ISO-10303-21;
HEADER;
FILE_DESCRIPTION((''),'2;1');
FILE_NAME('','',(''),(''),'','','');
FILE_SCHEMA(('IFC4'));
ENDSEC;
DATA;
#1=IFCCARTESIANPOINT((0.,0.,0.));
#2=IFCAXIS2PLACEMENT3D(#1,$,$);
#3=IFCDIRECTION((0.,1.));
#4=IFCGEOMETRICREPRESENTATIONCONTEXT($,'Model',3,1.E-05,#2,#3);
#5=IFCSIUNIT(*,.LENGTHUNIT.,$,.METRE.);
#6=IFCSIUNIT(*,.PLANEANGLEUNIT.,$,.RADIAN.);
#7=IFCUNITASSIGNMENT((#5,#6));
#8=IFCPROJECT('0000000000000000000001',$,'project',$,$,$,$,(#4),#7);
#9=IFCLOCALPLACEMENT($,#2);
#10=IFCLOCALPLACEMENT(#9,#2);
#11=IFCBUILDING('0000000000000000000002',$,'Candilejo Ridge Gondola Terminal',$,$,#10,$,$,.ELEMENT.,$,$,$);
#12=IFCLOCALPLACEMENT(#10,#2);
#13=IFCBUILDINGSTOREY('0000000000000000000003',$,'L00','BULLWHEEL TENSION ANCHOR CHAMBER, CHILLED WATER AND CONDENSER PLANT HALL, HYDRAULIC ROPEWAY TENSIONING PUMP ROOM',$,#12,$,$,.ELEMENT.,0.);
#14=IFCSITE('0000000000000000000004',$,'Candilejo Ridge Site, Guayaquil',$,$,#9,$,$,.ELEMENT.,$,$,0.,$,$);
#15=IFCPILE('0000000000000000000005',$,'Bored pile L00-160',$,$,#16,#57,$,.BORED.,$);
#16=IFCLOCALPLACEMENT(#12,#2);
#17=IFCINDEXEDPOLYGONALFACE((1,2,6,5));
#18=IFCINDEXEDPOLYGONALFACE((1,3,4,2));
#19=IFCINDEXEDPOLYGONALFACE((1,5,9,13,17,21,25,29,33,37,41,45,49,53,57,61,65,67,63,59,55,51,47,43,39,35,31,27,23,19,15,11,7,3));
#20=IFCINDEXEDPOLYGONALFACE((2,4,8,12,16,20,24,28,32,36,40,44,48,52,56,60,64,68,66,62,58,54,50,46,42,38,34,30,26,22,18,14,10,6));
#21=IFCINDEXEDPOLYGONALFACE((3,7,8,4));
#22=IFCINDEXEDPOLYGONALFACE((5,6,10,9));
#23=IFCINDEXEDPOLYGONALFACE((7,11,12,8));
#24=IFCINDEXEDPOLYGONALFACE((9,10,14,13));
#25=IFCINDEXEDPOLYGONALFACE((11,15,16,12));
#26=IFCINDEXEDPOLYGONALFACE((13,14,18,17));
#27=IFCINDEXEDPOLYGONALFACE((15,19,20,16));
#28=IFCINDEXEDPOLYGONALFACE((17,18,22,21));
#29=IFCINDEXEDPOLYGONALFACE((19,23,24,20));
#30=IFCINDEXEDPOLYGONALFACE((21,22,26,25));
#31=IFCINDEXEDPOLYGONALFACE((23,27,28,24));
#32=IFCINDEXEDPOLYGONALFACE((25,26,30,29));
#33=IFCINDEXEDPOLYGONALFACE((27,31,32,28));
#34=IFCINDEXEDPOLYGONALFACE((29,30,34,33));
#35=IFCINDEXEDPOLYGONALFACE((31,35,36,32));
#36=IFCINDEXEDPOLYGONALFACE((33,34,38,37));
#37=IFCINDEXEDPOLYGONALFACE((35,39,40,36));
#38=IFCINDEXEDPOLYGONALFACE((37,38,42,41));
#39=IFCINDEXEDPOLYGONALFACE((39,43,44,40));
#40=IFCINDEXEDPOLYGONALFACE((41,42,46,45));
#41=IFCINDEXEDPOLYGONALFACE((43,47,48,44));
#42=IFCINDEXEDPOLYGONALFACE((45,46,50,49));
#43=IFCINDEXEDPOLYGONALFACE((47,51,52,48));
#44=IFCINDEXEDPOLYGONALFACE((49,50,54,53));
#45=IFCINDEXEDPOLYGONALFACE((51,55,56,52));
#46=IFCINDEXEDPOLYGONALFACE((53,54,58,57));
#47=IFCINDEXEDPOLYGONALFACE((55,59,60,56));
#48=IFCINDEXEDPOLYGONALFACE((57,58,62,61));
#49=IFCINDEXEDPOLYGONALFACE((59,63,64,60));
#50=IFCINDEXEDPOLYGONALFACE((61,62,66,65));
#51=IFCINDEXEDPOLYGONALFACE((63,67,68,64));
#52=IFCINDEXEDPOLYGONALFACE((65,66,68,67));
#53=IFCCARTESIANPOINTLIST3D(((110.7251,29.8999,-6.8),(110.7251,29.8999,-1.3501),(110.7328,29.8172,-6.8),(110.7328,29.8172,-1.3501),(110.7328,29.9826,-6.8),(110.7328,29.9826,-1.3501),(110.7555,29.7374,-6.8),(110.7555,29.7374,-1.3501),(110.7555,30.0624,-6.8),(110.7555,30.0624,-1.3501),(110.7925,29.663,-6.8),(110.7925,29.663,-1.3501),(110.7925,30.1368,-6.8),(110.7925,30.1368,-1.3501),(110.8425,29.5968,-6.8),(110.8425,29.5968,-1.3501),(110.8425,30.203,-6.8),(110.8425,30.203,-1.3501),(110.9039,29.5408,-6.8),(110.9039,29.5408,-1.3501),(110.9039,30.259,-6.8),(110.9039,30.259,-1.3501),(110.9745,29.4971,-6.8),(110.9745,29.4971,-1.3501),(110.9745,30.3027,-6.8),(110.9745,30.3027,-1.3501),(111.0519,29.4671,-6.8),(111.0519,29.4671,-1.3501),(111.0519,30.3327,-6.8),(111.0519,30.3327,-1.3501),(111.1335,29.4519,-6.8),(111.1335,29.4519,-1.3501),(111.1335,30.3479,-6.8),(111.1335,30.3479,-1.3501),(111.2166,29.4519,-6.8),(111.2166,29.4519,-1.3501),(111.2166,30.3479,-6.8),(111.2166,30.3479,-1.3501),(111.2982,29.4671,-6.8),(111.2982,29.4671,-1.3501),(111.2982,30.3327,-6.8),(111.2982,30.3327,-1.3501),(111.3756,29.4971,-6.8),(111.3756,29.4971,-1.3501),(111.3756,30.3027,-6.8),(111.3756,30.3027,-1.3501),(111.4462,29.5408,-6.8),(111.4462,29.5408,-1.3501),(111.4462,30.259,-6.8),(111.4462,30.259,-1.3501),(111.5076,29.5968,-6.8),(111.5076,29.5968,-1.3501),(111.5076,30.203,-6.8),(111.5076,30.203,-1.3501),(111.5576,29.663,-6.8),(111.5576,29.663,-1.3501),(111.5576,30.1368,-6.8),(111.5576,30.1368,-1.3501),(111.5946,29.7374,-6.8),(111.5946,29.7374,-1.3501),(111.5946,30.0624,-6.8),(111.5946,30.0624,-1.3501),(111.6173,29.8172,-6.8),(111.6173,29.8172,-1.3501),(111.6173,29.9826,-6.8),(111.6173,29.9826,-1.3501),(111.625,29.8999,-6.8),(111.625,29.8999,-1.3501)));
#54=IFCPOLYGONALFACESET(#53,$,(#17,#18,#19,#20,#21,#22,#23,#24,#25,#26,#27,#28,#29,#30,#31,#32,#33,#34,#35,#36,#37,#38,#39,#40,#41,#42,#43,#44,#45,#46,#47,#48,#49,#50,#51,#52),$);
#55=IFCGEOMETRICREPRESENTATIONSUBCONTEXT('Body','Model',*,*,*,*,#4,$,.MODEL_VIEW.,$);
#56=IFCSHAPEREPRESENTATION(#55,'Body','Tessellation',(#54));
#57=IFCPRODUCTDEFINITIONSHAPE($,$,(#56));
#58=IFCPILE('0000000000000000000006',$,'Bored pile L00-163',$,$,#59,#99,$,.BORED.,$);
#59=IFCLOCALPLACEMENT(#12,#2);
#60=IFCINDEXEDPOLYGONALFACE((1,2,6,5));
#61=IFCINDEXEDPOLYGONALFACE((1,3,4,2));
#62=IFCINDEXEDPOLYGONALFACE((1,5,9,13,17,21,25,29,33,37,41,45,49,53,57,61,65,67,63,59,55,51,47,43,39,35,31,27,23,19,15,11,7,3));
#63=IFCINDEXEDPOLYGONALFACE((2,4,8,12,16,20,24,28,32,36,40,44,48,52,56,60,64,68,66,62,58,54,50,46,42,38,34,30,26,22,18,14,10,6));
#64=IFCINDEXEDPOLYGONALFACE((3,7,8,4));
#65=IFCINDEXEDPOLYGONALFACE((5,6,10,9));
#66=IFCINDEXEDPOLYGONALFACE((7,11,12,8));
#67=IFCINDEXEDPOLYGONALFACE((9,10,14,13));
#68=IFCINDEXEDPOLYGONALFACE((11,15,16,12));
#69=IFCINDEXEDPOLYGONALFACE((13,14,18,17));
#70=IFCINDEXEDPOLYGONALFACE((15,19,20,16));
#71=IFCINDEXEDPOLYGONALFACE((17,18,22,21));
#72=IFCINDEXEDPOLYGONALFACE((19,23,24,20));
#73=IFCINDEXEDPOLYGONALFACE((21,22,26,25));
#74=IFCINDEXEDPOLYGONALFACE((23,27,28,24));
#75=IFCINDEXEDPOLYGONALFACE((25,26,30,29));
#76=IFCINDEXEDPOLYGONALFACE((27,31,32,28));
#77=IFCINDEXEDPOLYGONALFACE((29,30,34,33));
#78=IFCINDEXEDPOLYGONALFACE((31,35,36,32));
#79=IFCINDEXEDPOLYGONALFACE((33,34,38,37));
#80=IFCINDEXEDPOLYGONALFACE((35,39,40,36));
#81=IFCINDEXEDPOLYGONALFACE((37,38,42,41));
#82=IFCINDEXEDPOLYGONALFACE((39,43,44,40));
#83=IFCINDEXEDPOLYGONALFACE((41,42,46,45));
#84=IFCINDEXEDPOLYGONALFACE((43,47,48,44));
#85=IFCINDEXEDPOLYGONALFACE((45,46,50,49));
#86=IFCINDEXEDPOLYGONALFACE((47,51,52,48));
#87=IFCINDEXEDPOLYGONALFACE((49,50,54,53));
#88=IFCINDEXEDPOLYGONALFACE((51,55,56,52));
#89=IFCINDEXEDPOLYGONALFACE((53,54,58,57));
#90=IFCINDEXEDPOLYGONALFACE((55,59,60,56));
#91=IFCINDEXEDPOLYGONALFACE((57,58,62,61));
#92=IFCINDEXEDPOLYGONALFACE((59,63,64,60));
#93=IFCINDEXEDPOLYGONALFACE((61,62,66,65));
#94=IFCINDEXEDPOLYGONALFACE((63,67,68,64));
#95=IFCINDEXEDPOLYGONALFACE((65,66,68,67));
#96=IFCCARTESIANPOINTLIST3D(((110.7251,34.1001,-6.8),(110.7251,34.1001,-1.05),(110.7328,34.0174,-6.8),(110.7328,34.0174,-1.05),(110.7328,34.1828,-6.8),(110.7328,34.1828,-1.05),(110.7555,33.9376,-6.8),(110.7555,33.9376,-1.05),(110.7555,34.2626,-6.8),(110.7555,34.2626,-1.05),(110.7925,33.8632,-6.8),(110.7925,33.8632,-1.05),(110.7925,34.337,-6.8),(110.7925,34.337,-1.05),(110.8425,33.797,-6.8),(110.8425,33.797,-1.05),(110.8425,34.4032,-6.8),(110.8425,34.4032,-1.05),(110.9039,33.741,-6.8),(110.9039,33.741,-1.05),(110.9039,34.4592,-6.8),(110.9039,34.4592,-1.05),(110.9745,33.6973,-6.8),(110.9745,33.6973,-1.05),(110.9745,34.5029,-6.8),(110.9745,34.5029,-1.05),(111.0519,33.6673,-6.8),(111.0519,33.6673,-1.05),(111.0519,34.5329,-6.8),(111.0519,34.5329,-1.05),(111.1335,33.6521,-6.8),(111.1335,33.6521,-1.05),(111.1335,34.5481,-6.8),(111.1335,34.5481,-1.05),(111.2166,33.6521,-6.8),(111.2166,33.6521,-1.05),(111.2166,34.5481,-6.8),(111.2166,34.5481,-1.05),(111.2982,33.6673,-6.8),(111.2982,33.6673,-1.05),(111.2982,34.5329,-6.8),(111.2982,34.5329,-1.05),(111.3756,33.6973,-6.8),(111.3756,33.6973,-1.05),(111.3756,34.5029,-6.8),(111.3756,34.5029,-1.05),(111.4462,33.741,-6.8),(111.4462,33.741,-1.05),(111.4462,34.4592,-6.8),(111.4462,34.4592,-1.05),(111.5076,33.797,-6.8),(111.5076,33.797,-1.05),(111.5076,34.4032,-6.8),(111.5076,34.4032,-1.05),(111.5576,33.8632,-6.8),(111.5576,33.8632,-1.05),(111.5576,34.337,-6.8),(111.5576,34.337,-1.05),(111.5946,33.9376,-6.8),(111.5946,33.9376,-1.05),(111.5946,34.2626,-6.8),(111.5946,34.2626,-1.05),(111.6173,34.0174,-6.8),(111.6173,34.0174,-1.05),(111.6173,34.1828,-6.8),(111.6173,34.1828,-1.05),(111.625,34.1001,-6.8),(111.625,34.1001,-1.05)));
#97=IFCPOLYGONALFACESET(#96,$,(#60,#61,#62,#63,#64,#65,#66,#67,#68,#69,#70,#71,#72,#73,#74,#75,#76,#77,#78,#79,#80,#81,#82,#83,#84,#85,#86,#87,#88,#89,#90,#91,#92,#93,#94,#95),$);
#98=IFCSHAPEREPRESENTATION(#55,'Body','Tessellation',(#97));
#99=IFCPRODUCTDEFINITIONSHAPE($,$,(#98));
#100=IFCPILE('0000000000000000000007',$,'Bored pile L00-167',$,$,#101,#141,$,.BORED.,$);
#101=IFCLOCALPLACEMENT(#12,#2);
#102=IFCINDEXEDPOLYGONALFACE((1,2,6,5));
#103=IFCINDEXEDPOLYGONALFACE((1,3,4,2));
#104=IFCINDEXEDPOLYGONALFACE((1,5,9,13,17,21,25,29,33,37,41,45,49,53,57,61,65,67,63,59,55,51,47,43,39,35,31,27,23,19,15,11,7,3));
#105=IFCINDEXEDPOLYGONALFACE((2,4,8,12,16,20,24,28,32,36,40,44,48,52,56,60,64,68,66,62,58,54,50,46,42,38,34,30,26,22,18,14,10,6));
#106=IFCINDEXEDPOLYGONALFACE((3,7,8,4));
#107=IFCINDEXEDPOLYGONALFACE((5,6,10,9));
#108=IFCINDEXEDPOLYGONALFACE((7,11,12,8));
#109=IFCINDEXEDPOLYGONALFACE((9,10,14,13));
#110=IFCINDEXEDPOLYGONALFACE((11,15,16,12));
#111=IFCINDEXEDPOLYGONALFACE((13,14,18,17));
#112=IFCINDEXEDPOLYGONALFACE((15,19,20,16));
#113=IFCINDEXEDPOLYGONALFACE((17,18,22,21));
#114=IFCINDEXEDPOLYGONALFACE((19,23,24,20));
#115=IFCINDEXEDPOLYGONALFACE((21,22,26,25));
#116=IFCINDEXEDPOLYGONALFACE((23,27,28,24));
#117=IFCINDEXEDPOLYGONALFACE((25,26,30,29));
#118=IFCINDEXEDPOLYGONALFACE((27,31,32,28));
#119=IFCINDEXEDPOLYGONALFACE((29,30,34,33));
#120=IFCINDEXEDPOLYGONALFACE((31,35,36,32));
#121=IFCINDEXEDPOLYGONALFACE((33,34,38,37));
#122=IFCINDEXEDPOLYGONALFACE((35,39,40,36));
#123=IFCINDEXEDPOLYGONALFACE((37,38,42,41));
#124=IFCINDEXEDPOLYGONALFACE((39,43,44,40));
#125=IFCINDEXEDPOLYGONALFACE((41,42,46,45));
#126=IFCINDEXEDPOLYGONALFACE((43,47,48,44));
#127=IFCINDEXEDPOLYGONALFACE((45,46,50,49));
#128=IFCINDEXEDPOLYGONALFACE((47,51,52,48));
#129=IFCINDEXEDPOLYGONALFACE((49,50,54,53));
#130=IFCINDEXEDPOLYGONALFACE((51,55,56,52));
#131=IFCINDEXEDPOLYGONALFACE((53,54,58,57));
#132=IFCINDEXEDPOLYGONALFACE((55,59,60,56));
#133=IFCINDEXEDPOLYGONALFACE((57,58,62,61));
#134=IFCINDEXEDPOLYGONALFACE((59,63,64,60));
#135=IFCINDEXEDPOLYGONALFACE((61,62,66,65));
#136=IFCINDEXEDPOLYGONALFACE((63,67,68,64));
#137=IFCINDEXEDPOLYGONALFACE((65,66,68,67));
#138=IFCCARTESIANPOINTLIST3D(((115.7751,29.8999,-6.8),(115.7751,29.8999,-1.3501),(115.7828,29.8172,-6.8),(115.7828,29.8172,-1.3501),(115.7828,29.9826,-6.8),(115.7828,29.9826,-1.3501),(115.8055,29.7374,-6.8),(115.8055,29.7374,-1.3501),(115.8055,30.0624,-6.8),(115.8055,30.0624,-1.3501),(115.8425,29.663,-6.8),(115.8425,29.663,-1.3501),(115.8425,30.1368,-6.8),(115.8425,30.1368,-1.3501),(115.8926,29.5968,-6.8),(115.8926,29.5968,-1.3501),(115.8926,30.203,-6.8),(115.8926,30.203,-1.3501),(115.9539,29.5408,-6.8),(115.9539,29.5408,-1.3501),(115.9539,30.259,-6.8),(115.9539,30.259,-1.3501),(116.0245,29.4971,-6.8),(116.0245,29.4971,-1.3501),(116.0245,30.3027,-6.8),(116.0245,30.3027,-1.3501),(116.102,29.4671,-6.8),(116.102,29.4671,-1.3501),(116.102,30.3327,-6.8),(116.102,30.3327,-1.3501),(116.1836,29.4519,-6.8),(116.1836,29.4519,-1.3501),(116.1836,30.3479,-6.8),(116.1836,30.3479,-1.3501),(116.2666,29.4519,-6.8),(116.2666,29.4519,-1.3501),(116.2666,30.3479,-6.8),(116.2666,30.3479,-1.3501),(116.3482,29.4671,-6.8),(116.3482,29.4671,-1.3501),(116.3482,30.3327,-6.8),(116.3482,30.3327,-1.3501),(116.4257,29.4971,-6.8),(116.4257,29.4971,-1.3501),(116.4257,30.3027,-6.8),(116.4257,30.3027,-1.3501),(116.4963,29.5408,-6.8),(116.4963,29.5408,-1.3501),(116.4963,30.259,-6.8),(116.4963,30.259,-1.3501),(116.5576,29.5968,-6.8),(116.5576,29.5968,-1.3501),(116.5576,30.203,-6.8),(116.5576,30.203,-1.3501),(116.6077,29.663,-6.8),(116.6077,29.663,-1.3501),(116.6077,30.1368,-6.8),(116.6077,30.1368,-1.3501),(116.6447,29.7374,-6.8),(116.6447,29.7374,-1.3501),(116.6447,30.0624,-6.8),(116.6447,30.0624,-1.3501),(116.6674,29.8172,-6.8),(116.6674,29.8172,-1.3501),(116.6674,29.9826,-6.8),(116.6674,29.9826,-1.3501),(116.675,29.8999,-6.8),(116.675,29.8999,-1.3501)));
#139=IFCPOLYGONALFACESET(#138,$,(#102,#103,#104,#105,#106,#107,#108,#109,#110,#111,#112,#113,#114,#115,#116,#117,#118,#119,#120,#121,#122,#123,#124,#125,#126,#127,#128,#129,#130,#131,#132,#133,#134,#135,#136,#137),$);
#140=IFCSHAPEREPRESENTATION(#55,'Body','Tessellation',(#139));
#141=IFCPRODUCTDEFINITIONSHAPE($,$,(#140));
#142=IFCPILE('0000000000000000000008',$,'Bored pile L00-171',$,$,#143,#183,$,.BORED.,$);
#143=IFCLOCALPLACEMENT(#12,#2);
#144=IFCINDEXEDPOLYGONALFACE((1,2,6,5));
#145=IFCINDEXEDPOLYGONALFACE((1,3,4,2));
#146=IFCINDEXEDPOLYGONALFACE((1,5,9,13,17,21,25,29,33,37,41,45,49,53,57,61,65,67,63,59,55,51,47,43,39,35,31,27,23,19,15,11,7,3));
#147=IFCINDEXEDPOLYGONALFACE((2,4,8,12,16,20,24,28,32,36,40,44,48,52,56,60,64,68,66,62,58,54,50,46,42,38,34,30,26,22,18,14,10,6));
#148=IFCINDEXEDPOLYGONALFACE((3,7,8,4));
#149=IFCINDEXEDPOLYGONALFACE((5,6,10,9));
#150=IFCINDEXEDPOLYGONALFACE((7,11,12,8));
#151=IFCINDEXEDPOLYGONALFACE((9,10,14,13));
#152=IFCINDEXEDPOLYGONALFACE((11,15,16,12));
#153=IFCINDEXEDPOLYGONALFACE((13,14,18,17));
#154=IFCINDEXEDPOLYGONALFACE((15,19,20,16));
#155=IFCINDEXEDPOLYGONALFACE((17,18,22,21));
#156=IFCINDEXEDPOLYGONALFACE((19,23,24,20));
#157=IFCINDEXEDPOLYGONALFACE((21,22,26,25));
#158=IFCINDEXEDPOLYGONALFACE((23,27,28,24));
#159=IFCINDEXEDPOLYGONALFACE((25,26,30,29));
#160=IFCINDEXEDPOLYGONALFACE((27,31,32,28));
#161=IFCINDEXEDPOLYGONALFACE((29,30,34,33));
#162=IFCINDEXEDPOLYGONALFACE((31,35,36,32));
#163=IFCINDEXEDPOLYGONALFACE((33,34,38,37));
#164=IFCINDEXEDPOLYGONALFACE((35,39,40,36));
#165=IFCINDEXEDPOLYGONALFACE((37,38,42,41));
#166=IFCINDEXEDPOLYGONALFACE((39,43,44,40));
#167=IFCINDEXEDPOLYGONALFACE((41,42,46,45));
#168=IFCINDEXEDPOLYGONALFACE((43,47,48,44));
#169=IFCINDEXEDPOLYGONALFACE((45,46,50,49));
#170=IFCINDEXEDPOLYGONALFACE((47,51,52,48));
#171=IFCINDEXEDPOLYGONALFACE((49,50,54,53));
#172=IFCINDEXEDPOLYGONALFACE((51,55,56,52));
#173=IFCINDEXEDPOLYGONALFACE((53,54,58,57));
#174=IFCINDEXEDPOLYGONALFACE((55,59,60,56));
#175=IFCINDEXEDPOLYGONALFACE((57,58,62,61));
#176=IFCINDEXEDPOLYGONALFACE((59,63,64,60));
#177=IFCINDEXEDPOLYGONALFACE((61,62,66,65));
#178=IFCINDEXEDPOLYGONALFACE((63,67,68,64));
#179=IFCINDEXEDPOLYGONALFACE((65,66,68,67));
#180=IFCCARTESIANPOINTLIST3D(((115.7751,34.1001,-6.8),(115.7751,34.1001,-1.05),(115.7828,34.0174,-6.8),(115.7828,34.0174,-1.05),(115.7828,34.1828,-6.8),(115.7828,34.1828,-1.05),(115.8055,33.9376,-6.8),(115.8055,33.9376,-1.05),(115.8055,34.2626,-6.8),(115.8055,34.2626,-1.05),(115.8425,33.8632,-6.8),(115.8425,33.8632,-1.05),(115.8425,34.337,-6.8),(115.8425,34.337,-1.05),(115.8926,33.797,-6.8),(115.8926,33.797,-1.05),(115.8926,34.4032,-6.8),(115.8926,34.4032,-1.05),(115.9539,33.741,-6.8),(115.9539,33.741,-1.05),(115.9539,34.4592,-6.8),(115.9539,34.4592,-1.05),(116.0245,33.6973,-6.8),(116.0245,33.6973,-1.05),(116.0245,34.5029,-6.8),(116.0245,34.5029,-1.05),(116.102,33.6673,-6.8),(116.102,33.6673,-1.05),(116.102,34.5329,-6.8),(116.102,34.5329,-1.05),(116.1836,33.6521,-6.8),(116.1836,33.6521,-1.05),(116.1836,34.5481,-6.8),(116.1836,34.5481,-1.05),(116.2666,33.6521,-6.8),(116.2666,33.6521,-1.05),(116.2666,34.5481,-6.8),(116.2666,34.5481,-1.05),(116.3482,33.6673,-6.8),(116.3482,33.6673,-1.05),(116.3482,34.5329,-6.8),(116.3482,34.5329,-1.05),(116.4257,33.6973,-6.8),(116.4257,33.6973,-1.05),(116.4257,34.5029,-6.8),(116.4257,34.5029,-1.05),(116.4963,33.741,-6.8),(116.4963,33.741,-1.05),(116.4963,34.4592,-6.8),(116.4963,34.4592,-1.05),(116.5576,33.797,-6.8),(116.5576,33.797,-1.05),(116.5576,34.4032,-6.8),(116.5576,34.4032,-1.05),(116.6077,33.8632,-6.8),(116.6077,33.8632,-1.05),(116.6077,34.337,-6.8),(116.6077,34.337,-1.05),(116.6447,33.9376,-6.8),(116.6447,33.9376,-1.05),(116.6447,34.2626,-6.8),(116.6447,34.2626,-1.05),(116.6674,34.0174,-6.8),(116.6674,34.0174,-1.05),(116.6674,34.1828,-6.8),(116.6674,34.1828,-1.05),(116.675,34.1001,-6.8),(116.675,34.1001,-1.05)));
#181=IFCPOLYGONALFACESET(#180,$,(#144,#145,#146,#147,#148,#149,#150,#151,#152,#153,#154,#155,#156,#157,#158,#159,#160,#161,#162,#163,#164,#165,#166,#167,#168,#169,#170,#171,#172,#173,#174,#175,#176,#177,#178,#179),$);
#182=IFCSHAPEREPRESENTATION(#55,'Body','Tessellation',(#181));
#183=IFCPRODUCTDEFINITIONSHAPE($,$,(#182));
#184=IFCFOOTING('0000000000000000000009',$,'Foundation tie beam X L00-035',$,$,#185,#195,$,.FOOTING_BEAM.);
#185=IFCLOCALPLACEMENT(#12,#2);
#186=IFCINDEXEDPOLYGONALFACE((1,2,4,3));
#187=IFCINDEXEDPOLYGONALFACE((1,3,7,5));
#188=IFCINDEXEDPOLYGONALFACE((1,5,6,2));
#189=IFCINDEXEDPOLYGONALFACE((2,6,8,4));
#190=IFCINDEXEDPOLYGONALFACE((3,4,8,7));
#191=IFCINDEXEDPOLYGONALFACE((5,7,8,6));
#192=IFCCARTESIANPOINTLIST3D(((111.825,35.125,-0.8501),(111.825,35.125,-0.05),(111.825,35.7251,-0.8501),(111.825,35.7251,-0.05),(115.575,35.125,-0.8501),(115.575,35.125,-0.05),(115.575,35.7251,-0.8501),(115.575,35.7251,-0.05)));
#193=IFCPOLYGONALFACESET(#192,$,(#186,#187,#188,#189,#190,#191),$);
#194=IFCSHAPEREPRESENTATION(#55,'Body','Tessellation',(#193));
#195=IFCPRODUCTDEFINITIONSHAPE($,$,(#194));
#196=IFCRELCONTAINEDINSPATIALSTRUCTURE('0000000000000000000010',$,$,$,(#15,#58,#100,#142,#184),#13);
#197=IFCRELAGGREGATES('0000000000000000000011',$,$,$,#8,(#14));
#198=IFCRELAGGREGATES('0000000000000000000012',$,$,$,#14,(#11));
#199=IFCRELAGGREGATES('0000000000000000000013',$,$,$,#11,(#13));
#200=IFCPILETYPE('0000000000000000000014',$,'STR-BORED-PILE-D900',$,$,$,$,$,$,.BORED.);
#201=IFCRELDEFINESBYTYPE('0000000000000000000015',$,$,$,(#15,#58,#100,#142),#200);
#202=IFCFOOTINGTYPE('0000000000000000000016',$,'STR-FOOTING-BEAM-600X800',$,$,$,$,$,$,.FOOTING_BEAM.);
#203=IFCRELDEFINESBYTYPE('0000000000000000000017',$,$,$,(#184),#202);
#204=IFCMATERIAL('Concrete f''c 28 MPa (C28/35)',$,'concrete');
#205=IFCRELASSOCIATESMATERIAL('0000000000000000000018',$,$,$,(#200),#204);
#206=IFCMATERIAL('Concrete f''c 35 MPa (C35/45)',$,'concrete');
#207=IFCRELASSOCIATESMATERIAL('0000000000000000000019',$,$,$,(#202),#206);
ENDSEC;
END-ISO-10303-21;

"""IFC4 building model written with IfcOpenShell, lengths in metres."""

from ifc_helpers import new_model, si_unit, direction, frame, origin, origin_2d, place, context, subcontext, project, spatial, rectangle, circle, extrude, material, material_profile, profile_set, type_object, element, save


model = new_model("IFC4")

# Units and contexts
model_context = context("Model", 3, precision=1e-05, world=origin(), true_north=direction((0.0, 1.0)))
body_context = subcontext(model_context, "Body", "Model", "MODEL_VIEW")
ifc_project = project(units=[si_unit("LENGTHUNIT", "METRE"), si_unit("PLANEANGLEUNIT", "RADIAN")], contexts=[model_context])

# Site, building, storey
site_placement = place(None, origin())
site = spatial("IfcSite", under=ifc_project, at=site_placement, Name="Candilejo Ridge Site, Guayaquil", CompositionType="ELEMENT", RefElevation=0.0)
building_placement = place(site_placement, origin())
building = spatial("IfcBuilding", under=site, at=building_placement, Name="Candilejo Ridge Gondola Terminal", CompositionType="ELEMENT")
storey_placement = place(building_placement, origin())
storey = spatial("IfcBuildingStorey", under=building, at=storey_placement, Name="L00", Description="BULLWHEEL TENSION ANCHOR CHAMBER, CHILLED WATER AND CONDENSER PLANT HALL, HYDRAULIC ROPEWAY TENSIONING PUMP ROOM", CompositionType="ELEMENT", Elevation=0.0)

# Piles
ifc_material_1 = material(Name="Concrete f'c 28 MPa (C28/35)", Category="concrete")
ifc_material_profile_1 = material_profile(ifc_material_1, circle(Radius=0.45, at=origin_2d()))
ifc_profile_set_1 = profile_set([ifc_material_profile_1], Name="Concrete f'c 28 MPa (C28/35)")
pile_type = type_object("IfcPileType", Name="STR-BORED-PILE-D900", PredefinedType="BORED", material=ifc_profile_set_1)
pile_1_placement = place(storey_placement, frame((111.175, 29.8999, -1.3501), z_axis=(0.0, 0.0, -1.0), x_axis=(1.0, 0.0, 0.0)))
element("IfcPile", 1, at=pile_1_placement, inside=storey, type_object=pile_type, Name="Bored pile L00-160", PredefinedType="BORED", context=body_context, shape_type="SweptSolid", body=[
    extrude(circle(Radius=0.45, at=origin_2d()), origin(), (0.0, 0.0, 1.0), 5.45),
])
pile_2_placement = place(storey_placement, frame((111.175, 34.1001, -1.05), z_axis=(0.0, 0.0, -1.0), x_axis=(1.0, 0.0, 0.0)))
element("IfcPile", 2, at=pile_2_placement, inside=storey, type_object=pile_type, Name="Bored pile L00-163", PredefinedType="BORED", context=body_context, shape_type="SweptSolid", body=[
    extrude(circle(Radius=0.45, at=origin_2d()), origin(), (0.0, 0.0, 1.0), 5.75),
])
pile_3_placement = place(storey_placement, frame((116.2251, 29.8999, -1.3501), z_axis=(0.0, 0.0, -1.0), x_axis=(1.0, 0.0, 0.0)))
element("IfcPile", 3, at=pile_3_placement, inside=storey, type_object=pile_type, Name="Bored pile L00-167", PredefinedType="BORED", context=body_context, shape_type="SweptSolid", body=[
    extrude(circle(Radius=0.45, at=origin_2d()), origin(), (0.0, 0.0, 1.0), 5.45),
])
pile_4_placement = place(storey_placement, frame((116.2251, 34.1001, -1.05), z_axis=(0.0, 0.0, -1.0), x_axis=(1.0, 0.0, 0.0)))
element("IfcPile", 4, at=pile_4_placement, inside=storey, type_object=pile_type, Name="Bored pile L00-171", PredefinedType="BORED", context=body_context, shape_type="SweptSolid", body=[
    extrude(circle(Radius=0.45, at=origin_2d()), origin(), (0.0, 0.0, 1.0), 5.75),
])

# Footing
ifc_material_2 = material(Name="Concrete f'c 35 MPa (C35/45)", Category="concrete")
footing_type = type_object("IfcFootingType", Name="STR-FOOTING-BEAM-600X800", PredefinedType="FOOTING_BEAM", material=ifc_material_2)
footing_placement = place(storey_placement, frame((113.7, 35.425, -0.8501), z_axis=(0.0, 0.0, 1.0), x_axis=(1.0, 0.0, 0.0)))
element("IfcFooting", 5, at=footing_placement, inside=storey, type_object=footing_type, Name="Foundation tie beam X L00-035", PredefinedType="FOOTING_BEAM", context=body_context, shape_type="SweptSolid", body=[
    extrude(rectangle(XDim=3.75, YDim=0.6001, at=origin_2d()), origin(), (0.0, 0.0, 1.0), 0.8),
])

save(model, "model.ifc")
